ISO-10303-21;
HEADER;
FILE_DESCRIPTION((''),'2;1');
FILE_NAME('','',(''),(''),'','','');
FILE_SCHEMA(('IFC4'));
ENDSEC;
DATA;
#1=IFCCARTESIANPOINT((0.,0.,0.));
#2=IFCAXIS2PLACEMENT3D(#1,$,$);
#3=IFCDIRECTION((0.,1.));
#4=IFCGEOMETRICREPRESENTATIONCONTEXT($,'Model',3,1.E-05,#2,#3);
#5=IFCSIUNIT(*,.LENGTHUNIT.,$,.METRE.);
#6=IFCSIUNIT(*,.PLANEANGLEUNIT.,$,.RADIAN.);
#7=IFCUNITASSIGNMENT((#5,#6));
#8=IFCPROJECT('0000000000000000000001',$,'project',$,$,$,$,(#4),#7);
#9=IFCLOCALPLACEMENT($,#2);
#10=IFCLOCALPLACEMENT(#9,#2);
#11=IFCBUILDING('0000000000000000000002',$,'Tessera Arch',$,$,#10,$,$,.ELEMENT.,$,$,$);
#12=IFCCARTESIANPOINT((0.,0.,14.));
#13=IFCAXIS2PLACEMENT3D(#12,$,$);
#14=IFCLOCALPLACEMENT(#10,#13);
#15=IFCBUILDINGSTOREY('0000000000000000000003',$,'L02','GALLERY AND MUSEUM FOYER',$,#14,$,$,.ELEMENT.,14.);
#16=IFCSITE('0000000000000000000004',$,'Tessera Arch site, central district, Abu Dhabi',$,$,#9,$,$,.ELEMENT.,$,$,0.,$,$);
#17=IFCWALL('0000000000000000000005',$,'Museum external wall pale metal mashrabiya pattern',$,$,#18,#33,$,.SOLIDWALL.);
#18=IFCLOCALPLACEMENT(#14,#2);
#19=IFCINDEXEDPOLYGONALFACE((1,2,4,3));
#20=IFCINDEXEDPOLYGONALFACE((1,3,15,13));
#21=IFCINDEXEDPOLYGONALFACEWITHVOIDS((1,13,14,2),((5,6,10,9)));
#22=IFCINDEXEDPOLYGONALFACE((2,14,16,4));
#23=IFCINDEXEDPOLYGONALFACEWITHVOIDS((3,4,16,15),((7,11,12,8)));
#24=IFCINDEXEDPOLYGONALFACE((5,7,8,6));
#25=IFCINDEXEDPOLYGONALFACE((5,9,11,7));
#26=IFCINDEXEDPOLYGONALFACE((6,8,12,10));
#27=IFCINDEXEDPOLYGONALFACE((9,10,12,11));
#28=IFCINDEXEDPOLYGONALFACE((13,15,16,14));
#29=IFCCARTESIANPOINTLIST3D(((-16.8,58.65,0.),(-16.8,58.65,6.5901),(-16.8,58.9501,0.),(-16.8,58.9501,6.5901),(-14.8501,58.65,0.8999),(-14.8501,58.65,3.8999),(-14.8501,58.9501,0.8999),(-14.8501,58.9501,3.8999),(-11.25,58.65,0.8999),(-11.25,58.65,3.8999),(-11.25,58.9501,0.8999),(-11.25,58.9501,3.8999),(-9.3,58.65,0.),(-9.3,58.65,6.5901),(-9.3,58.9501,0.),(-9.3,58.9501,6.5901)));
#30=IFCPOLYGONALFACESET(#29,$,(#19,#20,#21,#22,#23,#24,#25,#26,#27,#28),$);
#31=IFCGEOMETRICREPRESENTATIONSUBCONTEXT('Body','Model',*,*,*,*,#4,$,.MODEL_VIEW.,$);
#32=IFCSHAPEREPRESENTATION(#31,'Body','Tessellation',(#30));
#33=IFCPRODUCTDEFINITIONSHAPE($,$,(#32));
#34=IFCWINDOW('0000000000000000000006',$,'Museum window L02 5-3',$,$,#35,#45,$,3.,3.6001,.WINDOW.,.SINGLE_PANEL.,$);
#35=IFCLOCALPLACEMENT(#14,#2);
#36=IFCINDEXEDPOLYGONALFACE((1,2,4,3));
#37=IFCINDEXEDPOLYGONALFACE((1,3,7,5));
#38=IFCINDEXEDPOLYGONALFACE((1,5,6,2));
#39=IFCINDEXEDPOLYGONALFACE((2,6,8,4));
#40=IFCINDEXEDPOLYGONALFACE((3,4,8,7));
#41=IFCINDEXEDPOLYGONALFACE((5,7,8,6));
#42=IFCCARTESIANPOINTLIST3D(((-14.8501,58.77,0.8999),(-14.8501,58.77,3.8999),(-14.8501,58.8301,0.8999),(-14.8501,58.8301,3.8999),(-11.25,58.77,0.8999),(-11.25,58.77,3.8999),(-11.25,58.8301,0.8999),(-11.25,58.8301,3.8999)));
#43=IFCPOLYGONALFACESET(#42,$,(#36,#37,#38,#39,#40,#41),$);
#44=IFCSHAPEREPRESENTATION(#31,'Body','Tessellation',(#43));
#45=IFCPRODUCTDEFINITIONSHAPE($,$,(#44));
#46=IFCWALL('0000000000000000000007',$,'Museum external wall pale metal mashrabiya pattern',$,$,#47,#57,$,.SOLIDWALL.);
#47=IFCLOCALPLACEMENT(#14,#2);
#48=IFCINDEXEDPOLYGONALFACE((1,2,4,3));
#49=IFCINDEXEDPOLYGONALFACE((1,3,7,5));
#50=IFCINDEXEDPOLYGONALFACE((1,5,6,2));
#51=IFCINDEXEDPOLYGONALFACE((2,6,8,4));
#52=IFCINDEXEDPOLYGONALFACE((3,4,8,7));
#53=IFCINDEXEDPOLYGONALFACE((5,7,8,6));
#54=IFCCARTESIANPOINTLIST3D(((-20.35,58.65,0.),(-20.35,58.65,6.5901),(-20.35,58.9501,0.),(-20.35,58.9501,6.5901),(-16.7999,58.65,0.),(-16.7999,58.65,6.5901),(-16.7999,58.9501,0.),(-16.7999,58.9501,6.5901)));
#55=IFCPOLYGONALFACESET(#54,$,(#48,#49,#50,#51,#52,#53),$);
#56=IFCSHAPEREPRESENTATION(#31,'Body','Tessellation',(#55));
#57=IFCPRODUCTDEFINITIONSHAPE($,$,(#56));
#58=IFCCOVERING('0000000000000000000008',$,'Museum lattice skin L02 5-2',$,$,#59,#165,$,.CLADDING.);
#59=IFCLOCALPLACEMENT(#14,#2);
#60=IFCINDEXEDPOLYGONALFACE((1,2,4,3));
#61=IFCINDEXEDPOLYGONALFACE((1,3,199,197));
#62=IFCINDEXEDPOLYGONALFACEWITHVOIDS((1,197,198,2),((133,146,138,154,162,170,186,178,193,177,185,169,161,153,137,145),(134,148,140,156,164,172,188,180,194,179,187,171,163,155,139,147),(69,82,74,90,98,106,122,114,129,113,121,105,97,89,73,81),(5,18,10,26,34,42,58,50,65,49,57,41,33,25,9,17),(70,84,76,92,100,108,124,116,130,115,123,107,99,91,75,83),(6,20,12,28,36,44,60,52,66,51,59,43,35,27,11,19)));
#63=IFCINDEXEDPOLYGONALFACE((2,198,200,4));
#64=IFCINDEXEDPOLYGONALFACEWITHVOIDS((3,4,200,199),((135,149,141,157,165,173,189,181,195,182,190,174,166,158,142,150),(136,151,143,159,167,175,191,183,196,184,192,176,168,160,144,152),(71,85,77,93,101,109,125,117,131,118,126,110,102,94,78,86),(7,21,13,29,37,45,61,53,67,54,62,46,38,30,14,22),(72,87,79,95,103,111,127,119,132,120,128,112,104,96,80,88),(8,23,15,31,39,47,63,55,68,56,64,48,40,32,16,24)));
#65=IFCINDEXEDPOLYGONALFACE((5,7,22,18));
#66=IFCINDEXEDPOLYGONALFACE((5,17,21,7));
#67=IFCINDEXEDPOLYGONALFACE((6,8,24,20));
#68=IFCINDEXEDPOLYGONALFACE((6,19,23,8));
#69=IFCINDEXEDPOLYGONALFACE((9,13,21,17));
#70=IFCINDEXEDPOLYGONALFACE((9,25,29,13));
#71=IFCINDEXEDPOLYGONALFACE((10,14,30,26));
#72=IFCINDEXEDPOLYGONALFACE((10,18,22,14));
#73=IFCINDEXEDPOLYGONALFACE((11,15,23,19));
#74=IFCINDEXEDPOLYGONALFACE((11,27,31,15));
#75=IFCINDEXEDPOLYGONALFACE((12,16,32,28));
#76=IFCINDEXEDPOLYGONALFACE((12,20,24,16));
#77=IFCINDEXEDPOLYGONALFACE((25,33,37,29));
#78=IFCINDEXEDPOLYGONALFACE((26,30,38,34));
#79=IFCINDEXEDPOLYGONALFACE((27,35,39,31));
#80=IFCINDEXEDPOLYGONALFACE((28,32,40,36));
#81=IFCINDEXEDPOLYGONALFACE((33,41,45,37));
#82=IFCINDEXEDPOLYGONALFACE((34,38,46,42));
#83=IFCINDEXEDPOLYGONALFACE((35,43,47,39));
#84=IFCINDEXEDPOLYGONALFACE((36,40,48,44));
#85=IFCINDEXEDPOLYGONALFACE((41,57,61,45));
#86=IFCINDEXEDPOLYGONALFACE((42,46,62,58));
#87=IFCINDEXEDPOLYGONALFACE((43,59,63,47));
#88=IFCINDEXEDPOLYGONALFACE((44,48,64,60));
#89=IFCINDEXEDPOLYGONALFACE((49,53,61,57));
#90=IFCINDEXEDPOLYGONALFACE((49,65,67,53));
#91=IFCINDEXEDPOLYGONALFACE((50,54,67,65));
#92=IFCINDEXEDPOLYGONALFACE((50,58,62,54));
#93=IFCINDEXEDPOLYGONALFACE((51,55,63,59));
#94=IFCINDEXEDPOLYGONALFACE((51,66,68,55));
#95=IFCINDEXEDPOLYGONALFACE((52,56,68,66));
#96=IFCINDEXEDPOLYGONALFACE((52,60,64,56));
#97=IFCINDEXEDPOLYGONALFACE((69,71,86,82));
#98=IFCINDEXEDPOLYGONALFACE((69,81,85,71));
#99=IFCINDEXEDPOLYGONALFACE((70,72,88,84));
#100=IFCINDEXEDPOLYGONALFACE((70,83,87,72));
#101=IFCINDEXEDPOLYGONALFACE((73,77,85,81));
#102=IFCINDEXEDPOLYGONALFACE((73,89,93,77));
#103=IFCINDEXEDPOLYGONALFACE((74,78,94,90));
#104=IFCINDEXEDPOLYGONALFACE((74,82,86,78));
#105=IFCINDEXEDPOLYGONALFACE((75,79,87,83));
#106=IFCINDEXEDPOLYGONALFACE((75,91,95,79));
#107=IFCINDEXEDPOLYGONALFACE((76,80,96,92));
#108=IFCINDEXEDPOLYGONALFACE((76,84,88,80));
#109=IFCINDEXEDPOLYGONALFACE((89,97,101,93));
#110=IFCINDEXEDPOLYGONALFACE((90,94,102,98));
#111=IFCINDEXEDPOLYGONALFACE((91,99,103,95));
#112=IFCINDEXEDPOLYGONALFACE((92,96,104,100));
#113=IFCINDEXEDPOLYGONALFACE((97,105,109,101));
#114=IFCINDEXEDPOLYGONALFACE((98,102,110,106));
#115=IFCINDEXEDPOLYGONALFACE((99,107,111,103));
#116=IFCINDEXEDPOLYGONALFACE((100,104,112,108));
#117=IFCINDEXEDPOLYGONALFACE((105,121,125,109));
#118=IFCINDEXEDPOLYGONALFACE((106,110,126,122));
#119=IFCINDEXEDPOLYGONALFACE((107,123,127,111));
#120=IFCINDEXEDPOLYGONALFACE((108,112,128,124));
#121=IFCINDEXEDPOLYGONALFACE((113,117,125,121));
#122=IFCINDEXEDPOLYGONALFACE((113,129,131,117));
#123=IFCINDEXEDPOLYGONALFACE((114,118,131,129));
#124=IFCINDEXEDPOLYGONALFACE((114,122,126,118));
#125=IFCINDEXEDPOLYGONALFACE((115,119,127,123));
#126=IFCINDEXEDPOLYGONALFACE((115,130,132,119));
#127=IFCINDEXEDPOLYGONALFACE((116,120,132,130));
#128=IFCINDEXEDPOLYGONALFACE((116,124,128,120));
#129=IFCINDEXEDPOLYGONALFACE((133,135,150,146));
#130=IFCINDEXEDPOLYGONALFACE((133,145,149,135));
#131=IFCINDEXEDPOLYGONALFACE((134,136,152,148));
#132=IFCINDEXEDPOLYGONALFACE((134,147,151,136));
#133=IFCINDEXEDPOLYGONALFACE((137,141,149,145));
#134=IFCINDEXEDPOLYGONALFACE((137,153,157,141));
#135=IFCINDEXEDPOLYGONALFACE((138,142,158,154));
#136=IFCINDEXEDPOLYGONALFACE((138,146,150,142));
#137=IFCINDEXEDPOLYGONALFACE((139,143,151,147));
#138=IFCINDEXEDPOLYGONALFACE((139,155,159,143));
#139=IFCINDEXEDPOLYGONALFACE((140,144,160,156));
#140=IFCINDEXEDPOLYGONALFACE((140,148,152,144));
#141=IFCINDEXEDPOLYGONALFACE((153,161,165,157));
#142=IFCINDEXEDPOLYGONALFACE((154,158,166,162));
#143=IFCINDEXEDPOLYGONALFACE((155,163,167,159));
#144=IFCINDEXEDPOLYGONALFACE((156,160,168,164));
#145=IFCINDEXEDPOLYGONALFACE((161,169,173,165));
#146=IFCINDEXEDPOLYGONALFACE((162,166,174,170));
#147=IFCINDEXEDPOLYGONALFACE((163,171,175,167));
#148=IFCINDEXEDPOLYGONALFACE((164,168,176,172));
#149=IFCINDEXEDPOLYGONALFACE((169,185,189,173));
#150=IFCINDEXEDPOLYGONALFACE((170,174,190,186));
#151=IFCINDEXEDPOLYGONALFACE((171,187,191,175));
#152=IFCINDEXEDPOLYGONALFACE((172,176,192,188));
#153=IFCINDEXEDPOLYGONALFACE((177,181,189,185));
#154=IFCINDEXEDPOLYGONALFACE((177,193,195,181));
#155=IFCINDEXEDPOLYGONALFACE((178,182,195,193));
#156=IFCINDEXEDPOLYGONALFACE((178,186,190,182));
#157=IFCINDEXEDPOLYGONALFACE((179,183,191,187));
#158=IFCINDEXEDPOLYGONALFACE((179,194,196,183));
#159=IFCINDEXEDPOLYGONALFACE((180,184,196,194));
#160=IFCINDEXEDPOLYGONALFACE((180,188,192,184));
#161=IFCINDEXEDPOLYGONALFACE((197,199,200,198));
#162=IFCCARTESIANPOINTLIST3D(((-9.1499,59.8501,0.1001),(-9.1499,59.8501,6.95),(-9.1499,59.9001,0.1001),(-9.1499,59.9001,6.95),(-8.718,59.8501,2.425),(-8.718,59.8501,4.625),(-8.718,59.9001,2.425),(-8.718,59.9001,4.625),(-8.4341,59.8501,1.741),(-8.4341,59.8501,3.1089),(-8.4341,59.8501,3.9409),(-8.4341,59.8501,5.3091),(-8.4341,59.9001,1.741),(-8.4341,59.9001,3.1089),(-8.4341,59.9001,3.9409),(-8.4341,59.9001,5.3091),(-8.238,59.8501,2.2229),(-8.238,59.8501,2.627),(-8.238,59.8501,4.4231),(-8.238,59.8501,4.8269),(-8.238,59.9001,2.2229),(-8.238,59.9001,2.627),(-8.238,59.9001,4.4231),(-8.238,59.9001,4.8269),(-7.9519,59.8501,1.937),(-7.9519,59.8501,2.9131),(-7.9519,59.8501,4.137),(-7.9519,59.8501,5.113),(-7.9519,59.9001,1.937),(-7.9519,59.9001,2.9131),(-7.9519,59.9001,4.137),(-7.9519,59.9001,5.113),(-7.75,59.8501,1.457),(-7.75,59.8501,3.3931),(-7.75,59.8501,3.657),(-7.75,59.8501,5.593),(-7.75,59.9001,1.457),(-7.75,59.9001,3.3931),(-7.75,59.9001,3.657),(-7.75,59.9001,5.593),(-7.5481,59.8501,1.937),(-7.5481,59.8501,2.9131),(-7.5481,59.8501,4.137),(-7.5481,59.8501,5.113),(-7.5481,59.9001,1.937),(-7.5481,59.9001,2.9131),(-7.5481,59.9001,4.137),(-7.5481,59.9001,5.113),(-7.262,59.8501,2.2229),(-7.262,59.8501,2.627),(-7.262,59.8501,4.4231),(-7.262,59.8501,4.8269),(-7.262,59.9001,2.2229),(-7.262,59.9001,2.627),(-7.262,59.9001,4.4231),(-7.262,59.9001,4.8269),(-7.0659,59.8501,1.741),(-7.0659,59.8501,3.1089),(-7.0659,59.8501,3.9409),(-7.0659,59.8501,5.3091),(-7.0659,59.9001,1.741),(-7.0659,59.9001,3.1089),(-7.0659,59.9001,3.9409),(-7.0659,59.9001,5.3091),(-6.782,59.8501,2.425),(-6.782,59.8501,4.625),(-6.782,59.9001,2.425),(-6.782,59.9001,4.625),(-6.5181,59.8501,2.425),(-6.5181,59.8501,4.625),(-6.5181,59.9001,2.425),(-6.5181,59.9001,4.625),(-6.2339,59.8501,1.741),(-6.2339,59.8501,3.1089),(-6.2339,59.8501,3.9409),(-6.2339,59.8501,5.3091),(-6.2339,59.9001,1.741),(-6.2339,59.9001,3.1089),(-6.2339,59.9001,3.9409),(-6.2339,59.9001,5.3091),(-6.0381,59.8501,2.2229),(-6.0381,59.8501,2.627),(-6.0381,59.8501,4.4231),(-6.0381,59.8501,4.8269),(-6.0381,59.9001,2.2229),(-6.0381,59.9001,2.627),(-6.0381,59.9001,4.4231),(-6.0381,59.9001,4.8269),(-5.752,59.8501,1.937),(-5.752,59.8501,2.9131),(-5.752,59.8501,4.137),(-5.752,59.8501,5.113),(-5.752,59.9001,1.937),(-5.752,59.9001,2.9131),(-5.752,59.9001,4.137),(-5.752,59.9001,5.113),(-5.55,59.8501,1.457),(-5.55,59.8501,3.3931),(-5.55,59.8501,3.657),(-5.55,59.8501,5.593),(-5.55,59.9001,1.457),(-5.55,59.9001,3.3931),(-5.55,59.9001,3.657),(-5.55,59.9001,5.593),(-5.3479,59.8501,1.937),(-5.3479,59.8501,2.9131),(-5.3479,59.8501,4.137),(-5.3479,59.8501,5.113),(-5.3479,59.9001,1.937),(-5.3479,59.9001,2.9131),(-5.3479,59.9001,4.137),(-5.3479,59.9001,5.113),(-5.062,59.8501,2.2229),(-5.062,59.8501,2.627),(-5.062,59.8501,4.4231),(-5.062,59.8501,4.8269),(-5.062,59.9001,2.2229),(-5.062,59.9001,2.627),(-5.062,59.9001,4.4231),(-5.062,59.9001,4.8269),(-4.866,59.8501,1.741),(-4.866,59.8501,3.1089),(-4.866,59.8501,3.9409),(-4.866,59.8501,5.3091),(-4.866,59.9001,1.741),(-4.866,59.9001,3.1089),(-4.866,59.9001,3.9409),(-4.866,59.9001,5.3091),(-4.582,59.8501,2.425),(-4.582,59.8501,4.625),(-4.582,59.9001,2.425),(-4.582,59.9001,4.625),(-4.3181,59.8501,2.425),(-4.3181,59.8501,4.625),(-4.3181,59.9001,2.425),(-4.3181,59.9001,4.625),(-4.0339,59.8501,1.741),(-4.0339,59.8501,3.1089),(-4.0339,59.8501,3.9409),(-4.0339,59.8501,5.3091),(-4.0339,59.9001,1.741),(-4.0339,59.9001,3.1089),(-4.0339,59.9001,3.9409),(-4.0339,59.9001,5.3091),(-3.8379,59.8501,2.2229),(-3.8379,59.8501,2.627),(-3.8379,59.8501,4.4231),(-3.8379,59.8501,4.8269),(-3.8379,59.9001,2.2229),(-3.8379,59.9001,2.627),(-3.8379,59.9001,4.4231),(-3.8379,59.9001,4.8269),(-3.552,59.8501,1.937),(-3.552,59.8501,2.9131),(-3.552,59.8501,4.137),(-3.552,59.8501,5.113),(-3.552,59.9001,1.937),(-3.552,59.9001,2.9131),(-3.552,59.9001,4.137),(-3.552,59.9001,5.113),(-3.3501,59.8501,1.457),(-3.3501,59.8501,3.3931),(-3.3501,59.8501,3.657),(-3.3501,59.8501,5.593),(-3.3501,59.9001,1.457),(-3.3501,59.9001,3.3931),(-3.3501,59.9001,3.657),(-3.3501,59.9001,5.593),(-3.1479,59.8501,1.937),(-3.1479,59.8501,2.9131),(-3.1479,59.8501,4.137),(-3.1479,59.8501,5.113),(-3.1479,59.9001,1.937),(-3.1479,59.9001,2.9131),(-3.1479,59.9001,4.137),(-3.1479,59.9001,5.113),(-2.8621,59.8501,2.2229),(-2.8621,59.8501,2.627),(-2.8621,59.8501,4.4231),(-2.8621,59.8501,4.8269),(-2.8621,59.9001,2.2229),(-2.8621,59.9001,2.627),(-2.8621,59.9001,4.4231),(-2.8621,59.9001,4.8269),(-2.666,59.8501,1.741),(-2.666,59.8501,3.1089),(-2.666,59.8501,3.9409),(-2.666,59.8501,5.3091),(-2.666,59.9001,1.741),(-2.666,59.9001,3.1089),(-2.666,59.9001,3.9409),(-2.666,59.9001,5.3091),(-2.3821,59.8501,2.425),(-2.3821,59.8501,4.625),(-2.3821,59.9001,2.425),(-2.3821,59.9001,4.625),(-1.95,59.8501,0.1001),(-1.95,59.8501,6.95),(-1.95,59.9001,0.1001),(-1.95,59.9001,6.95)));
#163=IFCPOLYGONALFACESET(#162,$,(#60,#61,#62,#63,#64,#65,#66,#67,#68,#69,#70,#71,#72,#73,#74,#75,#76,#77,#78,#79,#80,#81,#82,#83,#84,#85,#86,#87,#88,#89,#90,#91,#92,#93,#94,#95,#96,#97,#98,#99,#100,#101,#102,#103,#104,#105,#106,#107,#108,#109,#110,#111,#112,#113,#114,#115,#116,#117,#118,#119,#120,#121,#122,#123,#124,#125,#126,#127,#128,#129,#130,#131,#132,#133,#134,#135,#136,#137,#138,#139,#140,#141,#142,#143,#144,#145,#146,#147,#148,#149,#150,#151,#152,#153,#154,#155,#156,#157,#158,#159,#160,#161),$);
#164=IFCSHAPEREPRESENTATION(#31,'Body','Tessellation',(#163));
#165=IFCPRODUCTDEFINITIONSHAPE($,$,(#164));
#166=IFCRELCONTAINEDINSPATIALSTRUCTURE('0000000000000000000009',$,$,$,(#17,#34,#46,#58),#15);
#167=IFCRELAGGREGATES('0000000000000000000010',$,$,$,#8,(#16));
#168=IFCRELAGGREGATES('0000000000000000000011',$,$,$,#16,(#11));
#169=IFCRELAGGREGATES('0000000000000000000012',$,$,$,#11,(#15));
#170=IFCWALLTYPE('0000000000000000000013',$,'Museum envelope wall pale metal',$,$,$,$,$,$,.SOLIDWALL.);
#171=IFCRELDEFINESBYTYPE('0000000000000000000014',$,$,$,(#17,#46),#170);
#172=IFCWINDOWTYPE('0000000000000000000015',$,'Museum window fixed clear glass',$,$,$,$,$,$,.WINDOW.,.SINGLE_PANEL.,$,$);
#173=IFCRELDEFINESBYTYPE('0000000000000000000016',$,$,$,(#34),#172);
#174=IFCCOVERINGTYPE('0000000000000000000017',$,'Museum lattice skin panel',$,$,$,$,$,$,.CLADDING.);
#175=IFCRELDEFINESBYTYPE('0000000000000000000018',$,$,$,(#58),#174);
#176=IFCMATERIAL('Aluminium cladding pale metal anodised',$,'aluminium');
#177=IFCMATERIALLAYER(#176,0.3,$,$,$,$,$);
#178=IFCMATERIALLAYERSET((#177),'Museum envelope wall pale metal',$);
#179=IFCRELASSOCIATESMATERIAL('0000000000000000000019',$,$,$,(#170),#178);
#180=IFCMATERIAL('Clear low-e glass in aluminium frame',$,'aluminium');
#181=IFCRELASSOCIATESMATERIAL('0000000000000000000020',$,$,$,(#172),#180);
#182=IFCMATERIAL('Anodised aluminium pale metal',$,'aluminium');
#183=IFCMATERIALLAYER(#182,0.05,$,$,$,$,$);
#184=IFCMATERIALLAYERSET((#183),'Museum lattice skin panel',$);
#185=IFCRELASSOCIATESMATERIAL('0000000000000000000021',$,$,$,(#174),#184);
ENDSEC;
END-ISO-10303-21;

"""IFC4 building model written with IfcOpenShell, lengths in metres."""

from ifc_helpers import new_model, si_unit, direction, frame, frame_2d, origin, place, context, subcontext, project, spatial, polyline, rectangle, outline, extrude, material, layer, layer_set, type_object, element, fill, save


model = new_model("IFC4")

# Units and contexts
model_context = context("Model", 3, precision=1e-05, world=origin(), true_north=direction((0.0, 1.0)))
body_context = subcontext(model_context, "Body", "Model", "MODEL_VIEW")
ifc_project = project(units=[si_unit("LENGTHUNIT", "METRE"), si_unit("PLANEANGLEUNIT", "RADIAN")], contexts=[model_context])

# Site, building, storey
site_placement = place(None, origin())
site = spatial("IfcSite", under=ifc_project, at=site_placement, Name="Tessera Arch site, central district, Abu Dhabi", CompositionType="ELEMENT", RefElevation=0.0)
building_placement = place(site_placement, origin())
building = spatial("IfcBuilding", under=site, at=building_placement, Name="Tessera Arch", CompositionType="ELEMENT")
storey_placement = place(building_placement, frame((0.0, 0.0, 14.0)))
storey = spatial("IfcBuildingStorey", under=building, at=storey_placement, Name="L02", Description="GALLERY AND MUSEUM FOYER", CompositionType="ELEMENT", Elevation=14.0)

# Wall, opening, window
ifc_material_1 = material(Name="Aluminium cladding pale metal anodised", Category="aluminium")
ifc_layer_1 = layer(ifc_material_1, 0.3)
ifc_layer_set_1 = layer_set([ifc_layer_1], Name="Museum envelope wall pale metal")
wall_type = type_object("IfcWallType", Name="Museum envelope wall pale metal", PredefinedType="SOLIDWALL", material=ifc_layer_set_1)
wall_1_placement = place(storey_placement, frame((-9.3, 58.8, 0.0), z_axis=(0.0, 0.0, 1.0), x_axis=(-1.0, 0.0, 0.0)))
wall_1 = element("IfcWall", 1, at=wall_1_placement, inside=storey, type_object=wall_type, Name="Museum external wall pale metal mashrabiya pattern", PredefinedType="SOLIDWALL", context=body_context, shape_type="SweptSolid", body=[
    extrude(rectangle(XDim=7.5, YDim=0.3, at=frame_2d((3.75, 0.0))), origin(), (0.0, 0.0, 1.0), 6.5901),
])
opening_placement = place(wall_1_placement, frame((1.95, 0.0, 0.8999)))
opening = element("IfcOpeningElement", 2, at=opening_placement, cuts=wall_1, PredefinedType="OPENING", context=body_context, shape_type="SweptSolid", body=[
    extrude(rectangle(XDim=3.6001, YDim=3.0, at=frame_2d((1.8, 1.5))), frame((0.0, 0.1599, 0.0), z_axis=(0.0, -1.0, 0.0), x_axis=(1.0, 0.0, 0.0)), (0.0, 0.0, 1.0), 0.3201),
])
ifc_material_2 = material(Name="Clear low-e glass in aluminium frame", Category="aluminium")
window_type = type_object("IfcWindowType", Name="Museum window fixed clear glass", PartitioningType="SINGLE_PANEL", PredefinedType="WINDOW", material=ifc_material_2)
window_placement = place(opening_placement, origin())
window = element("IfcWindow", 3, at=window_placement, inside=storey, type_object=window_type, Name="Museum window L02 5-3", OverallHeight=3.0, OverallWidth=3.6001, PartitioningType="SINGLE_PANEL", PredefinedType="WINDOW", context=body_context, shape_type="SweptSolid", body=[
    extrude(rectangle(XDim=3.6001, YDim=3.0, at=frame_2d((1.8, 1.5))), frame((0.0, 0.03, 0.0), z_axis=(0.0, -1.0, 0.0), x_axis=(1.0, 0.0, 0.0)), (0.0, 0.0, 1.0), 0.0601),
])
fill(opening, window)

# Wall
wall_2_placement = place(storey_placement, frame((-16.8, 58.8, 0.0), z_axis=(0.0, 0.0, 1.0), x_axis=(-1.0, 0.0, 0.0)))
element("IfcWall", 4, at=wall_2_placement, inside=storey, type_object=wall_type, Name="Museum external wall pale metal mashrabiya pattern", PredefinedType="SOLIDWALL", context=body_context, shape_type="SweptSolid", body=[
    extrude(rectangle(XDim=3.55, YDim=0.3, at=frame_2d((1.7749, 0.0))), origin(), (0.0, 0.0, 1.0), 6.5901),
])

# Covering
ifc_material_3 = material(Name="Anodised aluminium pale metal", Category="aluminium")
ifc_layer_2 = layer(ifc_material_3, 0.05)
ifc_layer_set_2 = layer_set([ifc_layer_2], Name="Museum lattice skin panel")
covering_type_1 = type_object("IfcCoveringType", Name="Museum lattice skin panel", PredefinedType="CLADDING", material=ifc_layer_set_2)
covering_1_placement = place(storey_placement, frame((-1.95, 59.8501, 6.95), z_axis=(0.0, -1.0, 0.0), x_axis=(-1.0, 0.0, 0.0)))
element("IfcCovering", 5, at=covering_1_placement, inside=storey, type_object=covering_type_1, Name="Museum lattice skin L02 5-2", PredefinedType="CLADDING", context=body_context, shape_type="SweptSolid", body=[
    extrude(outline(polyline([(0.0, 0.0), (7.2, 0.0), (7.2, 6.8499), (0.0, 6.8499), (0.0, 0.0)]), holes=[polyline([(2.3682, 4.5249), (1.8879, 4.323), (2.084, 3.8411), (1.6021, 4.0369), (1.4001, 3.5569), (1.198, 4.0369), (0.7161, 3.8411), (0.9121, 4.323), (0.4321, 4.5249), (0.9121, 4.7271), (0.7161, 5.209), (1.198, 5.0129), (1.4001, 5.4929), (1.6021, 5.0129), (2.084, 5.209), (1.8879, 4.7271), (2.3682, 4.5249)]), polyline([(2.3682, 2.325), (1.8879, 2.123), (2.084, 1.6409), (1.6021, 1.8369), (1.4001, 1.3569), (1.198, 1.8369), (0.7161, 1.6409), (0.9121, 2.123), (0.4321, 2.325), (0.9121, 2.5269), (0.7161, 3.009), (1.198, 2.813), (1.4001, 3.293), (1.6021, 2.813), (2.084, 3.009), (1.8879, 2.5269), (2.3682, 2.325)]), polyline([(4.5681, 4.5249), (4.0881, 4.323), (4.2839, 3.8411), (3.802, 4.0369), (3.6001, 3.5569), (3.3979, 4.0369), (2.916, 3.8411), (3.1121, 4.323), (2.6321, 4.5249), (3.1121, 4.7271), (2.916, 5.209), (3.3979, 5.0129), (3.6001, 5.4929), (3.802, 5.0129), (4.2839, 5.209), (4.0881, 4.7271), (4.5681, 4.5249)]), polyline([(4.5681, 2.325), (4.0881, 2.123), (4.2839, 1.6409), (3.802, 1.8369), (3.6001, 1.3569), (3.3979, 1.8369), (2.916, 1.6409), (3.1121, 2.123), (2.6321, 2.325), (3.1121, 2.5269), (2.916, 3.009), (3.3979, 2.813), (3.6001, 3.293), (3.802, 2.813), (4.2839, 3.009), (4.0881, 2.5269), (4.5681, 2.325)]), polyline([(6.7681, 4.5249), (6.2881, 4.323), (6.4841, 3.8411), (6.002, 4.0369), (5.8, 3.5569), (5.5981, 4.0369), (5.116, 3.8411), (5.312, 4.323), (4.832, 4.5249), (5.312, 4.7271), (5.116, 5.209), (5.5981, 5.0129), (5.8, 5.4929), (6.002, 5.0129), (6.4841, 5.209), (6.2881, 4.7271), (6.7681, 4.5249)]), polyline([(6.7681, 2.325), (6.2881, 2.123), (6.4841, 1.6409), (6.002, 1.8369), (5.8, 1.3569), (5.5981, 1.8369), (5.116, 1.6409), (5.312, 2.123), (4.832, 2.325), (5.312, 2.5269), (5.116, 3.009), (5.5981, 2.813), (5.8, 3.293), (6.002, 2.813), (6.4841, 3.009), (6.2881, 2.5269), (6.7681, 2.325)])]), origin(), (0.0, 0.0, -1.0), 0.05),
])

save(model, "model.ifc")
